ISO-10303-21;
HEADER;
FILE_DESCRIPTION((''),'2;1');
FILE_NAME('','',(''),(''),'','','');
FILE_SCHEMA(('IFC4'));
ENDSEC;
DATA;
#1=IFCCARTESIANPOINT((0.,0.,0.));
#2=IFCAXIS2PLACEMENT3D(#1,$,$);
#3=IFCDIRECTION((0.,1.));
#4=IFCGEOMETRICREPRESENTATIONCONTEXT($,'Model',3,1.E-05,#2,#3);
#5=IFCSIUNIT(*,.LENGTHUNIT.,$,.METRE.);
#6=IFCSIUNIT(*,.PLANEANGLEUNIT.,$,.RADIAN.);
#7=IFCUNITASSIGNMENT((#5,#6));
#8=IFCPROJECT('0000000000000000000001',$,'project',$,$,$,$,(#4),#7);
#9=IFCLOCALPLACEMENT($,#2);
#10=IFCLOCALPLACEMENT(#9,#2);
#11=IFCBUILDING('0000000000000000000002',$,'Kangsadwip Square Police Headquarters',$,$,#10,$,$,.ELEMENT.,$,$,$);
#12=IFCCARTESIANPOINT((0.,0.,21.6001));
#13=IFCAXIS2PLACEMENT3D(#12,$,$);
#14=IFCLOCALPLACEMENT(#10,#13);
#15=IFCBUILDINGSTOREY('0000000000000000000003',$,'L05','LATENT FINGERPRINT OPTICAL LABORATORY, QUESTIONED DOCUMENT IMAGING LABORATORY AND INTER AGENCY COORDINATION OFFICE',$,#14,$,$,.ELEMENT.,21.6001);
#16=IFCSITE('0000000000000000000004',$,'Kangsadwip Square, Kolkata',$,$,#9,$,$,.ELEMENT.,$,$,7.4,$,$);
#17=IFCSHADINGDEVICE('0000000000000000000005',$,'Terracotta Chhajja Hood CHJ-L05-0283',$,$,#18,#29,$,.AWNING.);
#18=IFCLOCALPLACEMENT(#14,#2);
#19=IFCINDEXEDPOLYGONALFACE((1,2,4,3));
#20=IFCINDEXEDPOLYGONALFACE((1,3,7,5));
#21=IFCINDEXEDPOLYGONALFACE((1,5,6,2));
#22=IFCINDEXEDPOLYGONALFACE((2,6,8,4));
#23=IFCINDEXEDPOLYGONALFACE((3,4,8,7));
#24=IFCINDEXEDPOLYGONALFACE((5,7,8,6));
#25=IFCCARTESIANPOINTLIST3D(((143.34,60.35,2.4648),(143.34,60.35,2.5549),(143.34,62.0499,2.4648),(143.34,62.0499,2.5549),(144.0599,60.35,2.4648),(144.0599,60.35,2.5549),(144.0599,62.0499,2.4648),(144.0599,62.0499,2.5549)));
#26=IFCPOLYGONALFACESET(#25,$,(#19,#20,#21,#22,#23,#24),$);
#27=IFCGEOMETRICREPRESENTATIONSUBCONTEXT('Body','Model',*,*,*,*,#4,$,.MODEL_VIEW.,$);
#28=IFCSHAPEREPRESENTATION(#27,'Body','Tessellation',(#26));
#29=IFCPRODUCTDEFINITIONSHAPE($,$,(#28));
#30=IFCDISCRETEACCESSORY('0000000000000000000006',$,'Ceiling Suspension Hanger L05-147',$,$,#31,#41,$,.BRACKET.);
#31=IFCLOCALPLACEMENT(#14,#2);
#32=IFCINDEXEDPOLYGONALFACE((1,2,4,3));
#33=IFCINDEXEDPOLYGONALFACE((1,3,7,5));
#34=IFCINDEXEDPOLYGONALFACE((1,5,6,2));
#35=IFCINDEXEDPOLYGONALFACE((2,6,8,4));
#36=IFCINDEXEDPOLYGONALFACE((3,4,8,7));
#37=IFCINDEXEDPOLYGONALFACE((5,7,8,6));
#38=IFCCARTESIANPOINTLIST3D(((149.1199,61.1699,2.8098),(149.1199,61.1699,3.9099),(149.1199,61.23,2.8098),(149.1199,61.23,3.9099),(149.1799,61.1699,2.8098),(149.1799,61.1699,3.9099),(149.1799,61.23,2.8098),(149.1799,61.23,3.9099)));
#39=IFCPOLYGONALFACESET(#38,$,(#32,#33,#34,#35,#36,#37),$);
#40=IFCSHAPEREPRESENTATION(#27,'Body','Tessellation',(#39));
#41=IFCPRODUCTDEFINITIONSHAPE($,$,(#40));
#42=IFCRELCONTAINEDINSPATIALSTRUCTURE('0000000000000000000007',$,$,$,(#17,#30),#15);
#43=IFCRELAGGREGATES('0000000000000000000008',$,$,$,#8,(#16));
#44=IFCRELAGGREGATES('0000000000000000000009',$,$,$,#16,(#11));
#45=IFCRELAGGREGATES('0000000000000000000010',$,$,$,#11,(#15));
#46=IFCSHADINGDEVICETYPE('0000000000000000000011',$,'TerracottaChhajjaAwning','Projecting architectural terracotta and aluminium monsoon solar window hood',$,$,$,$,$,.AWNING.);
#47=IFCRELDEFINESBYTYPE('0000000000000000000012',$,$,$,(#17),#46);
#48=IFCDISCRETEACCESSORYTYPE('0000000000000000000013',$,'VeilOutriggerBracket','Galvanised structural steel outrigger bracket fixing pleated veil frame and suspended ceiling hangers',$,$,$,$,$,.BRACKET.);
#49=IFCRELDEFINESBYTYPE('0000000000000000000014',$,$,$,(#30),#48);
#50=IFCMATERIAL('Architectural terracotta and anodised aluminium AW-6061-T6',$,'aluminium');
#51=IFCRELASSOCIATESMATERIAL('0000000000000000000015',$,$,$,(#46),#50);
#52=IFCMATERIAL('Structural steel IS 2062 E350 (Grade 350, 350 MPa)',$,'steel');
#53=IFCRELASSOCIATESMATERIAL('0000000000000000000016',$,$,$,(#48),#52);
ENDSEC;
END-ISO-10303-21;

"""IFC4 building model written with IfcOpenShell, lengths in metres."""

from ifc_helpers import new_model, si_unit, direction, frame, origin, origin_2d, place, context, subcontext, project, spatial, rectangle, extrude, material, type_object, element, save


model = new_model("IFC4")

# Units and contexts
model_context = context("Model", 3, precision=1e-05, world=origin(), true_north=direction((0.0, 1.0)))
body_context = subcontext(model_context, "Body", "Model", "MODEL_VIEW")
ifc_project = project(units=[si_unit("LENGTHUNIT", "METRE"), si_unit("PLANEANGLEUNIT", "RADIAN")], contexts=[model_context])

# Site, building, storey
site_placement = place(None, origin())
site = spatial("IfcSite", under=ifc_project, at=site_placement, Name="Kangsadwip Square, Kolkata", CompositionType="ELEMENT", RefElevation=7.4)
building_placement = place(site_placement, origin())
building = spatial("IfcBuilding", under=site, at=building_placement, Name="Kangsadwip Square Police Headquarters", CompositionType="ELEMENT")
storey_placement = place(building_placement, frame((0.0, 0.0, 21.6001)))
storey = spatial("IfcBuildingStorey", under=building, at=storey_placement, Name="L05", Description="LATENT FINGERPRINT OPTICAL LABORATORY, QUESTIONED DOCUMENT IMAGING LABORATORY AND INTER AGENCY COORDINATION OFFICE", CompositionType="ELEMENT", Elevation=21.6001)

# Shading device
ifc_material_1 = material(Name="Architectural terracotta and anodised aluminium AW-6061-T6", Category="aluminium")
shading_device_type = type_object("IfcShadingDeviceType", Name="TerracottaChhajjaAwning", Description="Projecting architectural terracotta and aluminium monsoon solar window hood", PredefinedType="AWNING", material=ifc_material_1)
shading_device_1_placement = place(storey_placement, frame((143.7, 61.2, 2.4648), z_axis=(0.0, 0.0, 1.0), x_axis=(0.0, 1.0, 0.0)))
element("IfcShadingDevice", 1, at=shading_device_1_placement, inside=storey, type_object=shading_device_type, Name="Terracotta Chhajja Hood CHJ-L05-0283", PredefinedType="AWNING", context=body_context, shape_type="SweptSolid", body=[
    extrude(rectangle(XDim=1.7, YDim=0.72, at=origin_2d()), origin(), (0.0, 0.0, 1.0), 0.0901),
])

# Discrete accessory
ifc_material_2 = material(Name="Structural steel IS 2062 E350 (Grade 350, 350 MPa)", Category="steel")
discrete_accessory_type = type_object("IfcDiscreteAccessoryType", Name="VeilOutriggerBracket", Description="Galvanised structural steel outrigger bracket fixing pleated veil frame and suspended ceiling hangers", PredefinedType="BRACKET", material=ifc_material_2)
discrete_accessory_placement = place(storey_placement, frame((149.1499, 61.2, 2.8098), z_axis=(0.0, 0.0, 1.0), x_axis=(1.0, 0.0, 0.0)))
element("IfcDiscreteAccessory", 2, at=discrete_accessory_placement, inside=storey, type_object=discrete_accessory_type, Name="Ceiling Suspension Hanger L05-147", PredefinedType="BRACKET", context=body_context, shape_type="SweptSolid", body=[
    extrude(rectangle(XDim=0.0601, YDim=0.0601, at=origin_2d()), origin(), (0.0, 0.0, 1.0), 1.1001),
])

save(model, "model.ifc")
